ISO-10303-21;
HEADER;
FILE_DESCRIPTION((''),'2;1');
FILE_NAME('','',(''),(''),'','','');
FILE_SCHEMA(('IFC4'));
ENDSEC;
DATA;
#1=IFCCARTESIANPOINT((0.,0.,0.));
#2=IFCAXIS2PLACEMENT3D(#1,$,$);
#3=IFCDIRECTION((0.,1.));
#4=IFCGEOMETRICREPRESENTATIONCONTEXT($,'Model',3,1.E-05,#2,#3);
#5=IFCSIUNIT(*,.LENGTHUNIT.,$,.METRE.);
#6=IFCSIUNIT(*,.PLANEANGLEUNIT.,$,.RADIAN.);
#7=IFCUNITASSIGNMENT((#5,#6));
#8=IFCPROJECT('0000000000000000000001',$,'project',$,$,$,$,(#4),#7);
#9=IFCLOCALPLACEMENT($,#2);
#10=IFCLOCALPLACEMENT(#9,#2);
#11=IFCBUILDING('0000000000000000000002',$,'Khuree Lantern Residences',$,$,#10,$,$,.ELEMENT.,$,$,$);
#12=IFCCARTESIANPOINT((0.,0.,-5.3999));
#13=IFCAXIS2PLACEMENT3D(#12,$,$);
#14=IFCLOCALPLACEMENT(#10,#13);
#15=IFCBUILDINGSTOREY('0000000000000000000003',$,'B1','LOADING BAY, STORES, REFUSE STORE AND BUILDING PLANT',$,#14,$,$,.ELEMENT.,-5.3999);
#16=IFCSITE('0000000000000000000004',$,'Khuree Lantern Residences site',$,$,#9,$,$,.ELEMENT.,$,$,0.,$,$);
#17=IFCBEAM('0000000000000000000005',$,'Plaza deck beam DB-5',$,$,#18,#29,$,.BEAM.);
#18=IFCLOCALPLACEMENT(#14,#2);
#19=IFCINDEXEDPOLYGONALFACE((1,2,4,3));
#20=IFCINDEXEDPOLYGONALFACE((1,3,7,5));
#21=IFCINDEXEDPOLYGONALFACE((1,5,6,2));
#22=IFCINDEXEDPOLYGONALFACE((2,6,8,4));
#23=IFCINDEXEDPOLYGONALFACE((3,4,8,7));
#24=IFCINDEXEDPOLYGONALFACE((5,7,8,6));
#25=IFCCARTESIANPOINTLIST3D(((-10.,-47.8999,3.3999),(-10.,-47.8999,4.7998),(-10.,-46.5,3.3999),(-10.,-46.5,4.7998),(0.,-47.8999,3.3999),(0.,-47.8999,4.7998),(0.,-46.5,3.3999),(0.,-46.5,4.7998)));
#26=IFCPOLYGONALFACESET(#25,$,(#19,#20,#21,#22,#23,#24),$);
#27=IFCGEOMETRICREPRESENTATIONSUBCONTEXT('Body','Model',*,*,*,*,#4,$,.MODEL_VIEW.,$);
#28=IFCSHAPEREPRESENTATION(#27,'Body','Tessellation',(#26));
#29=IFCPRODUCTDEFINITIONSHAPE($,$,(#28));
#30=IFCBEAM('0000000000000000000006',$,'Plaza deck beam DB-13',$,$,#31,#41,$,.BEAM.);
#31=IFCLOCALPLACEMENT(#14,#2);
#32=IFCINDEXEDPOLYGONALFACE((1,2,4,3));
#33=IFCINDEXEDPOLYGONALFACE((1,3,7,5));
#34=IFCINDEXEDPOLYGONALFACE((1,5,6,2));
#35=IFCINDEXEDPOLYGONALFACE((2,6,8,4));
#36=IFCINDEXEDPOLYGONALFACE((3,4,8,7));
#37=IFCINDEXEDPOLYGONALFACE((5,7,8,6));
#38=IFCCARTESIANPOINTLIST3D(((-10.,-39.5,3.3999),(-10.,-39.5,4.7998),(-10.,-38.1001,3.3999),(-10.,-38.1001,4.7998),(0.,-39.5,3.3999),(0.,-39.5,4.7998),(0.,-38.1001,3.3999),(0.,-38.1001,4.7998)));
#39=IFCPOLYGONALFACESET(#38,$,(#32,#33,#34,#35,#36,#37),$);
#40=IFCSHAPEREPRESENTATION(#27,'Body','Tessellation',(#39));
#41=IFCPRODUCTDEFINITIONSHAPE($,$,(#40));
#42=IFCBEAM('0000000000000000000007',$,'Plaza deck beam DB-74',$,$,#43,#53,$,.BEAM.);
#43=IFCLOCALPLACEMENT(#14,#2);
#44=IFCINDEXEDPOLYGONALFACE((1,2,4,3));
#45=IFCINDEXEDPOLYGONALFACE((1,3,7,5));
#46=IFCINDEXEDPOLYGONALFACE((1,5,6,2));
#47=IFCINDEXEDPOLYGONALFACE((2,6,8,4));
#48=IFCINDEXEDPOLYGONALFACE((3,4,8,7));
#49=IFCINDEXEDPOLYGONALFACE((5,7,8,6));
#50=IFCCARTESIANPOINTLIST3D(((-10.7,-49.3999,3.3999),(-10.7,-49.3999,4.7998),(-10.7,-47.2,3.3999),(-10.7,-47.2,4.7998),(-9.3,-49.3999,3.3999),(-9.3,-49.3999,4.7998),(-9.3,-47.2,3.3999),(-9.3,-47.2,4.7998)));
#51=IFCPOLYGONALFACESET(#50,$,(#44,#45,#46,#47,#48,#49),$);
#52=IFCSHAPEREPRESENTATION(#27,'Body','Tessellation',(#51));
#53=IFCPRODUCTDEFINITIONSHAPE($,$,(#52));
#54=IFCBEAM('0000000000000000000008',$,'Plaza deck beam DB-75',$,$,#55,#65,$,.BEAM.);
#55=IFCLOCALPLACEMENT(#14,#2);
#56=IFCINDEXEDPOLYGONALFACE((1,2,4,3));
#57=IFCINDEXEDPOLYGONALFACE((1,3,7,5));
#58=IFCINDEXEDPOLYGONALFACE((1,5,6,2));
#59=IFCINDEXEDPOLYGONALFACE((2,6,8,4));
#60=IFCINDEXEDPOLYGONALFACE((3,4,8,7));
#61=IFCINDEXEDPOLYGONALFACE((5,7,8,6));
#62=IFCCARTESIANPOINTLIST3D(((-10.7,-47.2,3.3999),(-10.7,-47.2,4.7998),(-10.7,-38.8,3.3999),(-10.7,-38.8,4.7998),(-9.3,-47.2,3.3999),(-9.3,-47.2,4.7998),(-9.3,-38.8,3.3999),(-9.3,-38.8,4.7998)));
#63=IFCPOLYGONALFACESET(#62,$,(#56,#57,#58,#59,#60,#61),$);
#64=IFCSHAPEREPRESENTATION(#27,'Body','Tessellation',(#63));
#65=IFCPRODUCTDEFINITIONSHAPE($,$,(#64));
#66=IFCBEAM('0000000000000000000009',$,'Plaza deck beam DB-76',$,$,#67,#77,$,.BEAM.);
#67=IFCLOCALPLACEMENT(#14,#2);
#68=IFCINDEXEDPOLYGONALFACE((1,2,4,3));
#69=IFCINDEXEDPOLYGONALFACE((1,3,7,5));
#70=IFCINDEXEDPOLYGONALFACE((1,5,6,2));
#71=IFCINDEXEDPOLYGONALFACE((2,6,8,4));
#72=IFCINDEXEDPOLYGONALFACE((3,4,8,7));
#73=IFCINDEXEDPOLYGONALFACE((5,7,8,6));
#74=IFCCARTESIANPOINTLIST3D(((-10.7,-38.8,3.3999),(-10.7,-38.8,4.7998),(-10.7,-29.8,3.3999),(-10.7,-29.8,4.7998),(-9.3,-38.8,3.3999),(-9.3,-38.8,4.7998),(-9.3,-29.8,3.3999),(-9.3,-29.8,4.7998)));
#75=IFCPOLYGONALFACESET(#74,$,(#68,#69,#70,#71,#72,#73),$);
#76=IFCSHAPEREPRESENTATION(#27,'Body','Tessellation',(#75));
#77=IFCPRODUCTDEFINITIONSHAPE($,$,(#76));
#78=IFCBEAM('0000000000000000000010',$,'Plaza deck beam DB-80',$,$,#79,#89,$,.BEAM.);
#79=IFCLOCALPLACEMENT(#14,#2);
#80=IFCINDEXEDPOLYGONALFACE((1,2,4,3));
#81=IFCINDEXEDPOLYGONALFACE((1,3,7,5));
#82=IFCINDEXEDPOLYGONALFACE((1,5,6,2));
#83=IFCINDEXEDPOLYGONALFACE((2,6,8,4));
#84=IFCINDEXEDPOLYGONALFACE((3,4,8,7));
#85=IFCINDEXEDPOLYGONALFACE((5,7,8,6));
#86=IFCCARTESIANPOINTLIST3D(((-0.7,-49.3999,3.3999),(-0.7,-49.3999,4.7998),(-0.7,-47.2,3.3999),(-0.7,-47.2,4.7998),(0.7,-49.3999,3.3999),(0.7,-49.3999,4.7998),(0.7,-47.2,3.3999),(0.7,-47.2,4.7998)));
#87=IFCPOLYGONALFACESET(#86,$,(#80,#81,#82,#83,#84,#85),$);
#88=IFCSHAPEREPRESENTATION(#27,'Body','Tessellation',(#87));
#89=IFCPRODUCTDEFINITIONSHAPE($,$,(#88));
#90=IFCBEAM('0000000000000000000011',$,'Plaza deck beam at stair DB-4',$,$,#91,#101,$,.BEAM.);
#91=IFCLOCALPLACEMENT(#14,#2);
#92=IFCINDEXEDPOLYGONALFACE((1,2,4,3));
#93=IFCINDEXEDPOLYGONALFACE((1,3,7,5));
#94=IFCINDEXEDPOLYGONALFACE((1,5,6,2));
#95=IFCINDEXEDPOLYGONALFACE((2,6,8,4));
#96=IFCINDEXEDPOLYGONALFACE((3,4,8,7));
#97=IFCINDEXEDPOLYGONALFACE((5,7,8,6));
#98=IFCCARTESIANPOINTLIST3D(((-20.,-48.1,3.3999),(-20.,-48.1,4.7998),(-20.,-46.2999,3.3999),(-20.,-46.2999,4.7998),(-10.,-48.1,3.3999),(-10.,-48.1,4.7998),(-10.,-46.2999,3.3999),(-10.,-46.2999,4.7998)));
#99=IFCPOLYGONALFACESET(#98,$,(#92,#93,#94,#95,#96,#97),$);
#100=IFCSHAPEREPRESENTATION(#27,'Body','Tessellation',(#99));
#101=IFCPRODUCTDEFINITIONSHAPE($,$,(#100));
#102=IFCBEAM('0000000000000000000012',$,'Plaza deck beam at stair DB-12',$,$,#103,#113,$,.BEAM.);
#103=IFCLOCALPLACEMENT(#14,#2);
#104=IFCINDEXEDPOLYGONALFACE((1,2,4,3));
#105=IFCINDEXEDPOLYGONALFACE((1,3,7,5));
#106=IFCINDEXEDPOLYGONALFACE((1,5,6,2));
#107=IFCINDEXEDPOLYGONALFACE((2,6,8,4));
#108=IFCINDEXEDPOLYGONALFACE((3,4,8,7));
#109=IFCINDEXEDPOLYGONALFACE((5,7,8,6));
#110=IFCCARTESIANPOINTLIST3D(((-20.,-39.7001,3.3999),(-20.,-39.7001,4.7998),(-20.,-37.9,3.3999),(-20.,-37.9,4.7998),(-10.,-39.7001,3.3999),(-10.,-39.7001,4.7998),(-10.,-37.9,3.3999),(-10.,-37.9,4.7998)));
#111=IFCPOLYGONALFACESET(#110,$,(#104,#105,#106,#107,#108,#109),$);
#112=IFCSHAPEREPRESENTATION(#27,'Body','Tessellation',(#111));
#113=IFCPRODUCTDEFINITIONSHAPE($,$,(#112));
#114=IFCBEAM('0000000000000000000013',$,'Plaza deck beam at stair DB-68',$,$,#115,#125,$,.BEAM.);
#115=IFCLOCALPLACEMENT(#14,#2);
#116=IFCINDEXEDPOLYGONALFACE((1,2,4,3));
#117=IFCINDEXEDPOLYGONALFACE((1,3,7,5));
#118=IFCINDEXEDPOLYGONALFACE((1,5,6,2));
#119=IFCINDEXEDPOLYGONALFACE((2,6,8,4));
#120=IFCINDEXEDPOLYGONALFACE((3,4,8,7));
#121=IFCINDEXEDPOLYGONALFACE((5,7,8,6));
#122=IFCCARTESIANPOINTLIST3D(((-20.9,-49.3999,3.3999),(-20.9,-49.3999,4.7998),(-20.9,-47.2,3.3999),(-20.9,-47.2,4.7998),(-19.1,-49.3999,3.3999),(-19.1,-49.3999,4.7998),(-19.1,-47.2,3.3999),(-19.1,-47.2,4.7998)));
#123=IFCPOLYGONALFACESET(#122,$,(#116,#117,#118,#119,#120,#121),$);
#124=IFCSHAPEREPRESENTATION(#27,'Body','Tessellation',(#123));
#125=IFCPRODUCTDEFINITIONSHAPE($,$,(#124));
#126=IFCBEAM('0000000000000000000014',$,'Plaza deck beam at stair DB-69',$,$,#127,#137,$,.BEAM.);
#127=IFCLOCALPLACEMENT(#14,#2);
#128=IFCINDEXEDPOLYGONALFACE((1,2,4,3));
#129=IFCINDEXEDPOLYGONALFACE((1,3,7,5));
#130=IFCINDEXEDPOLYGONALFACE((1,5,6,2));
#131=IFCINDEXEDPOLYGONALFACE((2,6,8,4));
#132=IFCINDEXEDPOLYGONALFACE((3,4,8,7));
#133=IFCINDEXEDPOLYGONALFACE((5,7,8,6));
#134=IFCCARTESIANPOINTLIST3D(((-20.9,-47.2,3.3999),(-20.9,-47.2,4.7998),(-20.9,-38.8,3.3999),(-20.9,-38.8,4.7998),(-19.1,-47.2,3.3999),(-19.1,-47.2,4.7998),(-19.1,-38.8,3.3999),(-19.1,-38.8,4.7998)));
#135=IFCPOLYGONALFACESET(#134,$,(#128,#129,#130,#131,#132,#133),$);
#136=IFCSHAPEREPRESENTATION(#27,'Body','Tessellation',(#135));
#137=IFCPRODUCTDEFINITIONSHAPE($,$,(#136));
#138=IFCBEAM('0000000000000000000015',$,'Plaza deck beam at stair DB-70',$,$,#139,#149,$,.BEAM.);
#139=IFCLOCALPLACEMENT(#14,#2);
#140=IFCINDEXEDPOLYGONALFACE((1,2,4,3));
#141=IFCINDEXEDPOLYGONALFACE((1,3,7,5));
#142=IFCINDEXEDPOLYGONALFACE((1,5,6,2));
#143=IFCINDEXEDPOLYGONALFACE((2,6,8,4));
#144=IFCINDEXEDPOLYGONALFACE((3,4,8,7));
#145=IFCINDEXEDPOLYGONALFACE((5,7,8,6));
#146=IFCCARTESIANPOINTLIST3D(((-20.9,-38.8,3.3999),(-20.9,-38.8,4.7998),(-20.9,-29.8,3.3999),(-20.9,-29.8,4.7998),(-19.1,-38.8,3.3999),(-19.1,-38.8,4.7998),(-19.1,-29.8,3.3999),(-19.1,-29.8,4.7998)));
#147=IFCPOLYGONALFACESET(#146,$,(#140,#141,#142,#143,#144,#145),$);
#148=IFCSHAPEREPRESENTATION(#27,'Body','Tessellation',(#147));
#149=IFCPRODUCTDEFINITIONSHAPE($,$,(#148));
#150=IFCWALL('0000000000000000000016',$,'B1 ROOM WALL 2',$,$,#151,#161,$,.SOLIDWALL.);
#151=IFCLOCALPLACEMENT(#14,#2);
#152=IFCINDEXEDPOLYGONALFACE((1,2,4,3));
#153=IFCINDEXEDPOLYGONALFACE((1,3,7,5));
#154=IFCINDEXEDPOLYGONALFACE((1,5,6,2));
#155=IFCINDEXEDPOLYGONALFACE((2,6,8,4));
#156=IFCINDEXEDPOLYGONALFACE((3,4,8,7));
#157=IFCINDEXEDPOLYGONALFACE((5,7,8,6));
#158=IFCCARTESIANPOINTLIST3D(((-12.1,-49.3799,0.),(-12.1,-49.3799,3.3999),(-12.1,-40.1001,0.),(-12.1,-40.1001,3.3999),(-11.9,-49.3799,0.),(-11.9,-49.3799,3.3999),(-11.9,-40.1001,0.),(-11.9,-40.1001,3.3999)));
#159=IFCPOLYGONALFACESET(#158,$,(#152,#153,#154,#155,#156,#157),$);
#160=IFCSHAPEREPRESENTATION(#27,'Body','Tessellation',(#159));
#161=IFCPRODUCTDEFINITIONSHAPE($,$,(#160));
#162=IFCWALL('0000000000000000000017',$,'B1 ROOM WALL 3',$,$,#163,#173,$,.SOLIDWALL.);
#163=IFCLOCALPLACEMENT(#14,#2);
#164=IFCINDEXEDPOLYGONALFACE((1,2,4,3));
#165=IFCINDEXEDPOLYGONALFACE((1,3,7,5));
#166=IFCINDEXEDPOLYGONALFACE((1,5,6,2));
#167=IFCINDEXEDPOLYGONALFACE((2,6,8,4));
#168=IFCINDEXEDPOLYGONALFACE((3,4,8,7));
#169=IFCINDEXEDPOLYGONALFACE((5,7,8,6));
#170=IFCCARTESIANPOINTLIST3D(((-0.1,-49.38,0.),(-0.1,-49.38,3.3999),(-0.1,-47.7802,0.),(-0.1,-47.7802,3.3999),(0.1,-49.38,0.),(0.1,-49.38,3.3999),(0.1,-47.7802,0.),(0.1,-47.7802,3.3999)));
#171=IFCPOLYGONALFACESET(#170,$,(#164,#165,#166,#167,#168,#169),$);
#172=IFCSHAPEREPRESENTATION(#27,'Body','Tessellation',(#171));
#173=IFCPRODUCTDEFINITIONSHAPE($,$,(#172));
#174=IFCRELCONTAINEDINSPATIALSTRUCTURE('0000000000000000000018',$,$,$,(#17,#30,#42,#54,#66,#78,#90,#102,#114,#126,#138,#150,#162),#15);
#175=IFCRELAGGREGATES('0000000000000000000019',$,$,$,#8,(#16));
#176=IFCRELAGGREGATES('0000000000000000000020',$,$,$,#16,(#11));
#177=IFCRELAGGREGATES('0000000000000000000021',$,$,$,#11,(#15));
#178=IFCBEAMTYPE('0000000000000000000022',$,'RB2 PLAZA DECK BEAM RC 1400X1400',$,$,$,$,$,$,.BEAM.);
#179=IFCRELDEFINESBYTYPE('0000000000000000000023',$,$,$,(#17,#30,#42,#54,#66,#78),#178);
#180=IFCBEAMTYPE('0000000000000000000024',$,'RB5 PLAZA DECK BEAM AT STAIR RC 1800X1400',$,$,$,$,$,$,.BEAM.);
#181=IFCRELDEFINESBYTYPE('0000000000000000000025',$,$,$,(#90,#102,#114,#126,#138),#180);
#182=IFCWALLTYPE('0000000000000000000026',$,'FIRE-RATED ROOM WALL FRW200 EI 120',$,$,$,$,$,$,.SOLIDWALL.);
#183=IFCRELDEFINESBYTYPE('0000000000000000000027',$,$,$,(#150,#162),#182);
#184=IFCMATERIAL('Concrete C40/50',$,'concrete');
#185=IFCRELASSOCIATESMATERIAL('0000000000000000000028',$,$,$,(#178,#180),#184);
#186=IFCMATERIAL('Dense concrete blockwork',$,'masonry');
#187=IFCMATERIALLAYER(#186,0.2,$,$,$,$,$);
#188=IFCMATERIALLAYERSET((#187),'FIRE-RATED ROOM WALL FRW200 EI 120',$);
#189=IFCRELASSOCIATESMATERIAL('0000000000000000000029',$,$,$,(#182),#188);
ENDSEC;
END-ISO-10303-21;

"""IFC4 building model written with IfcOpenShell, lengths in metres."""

from ifc_helpers import new_model, si_unit, direction, frame, frame_2d, origin, origin_2d, place, context, subcontext, project, spatial, rectangle, extrude, material, layer, layer_set, material_profile, profile_set, type_object, element, save


model = new_model("IFC4")

# Units and contexts
model_context = context("Model", 3, precision=1e-05, world=origin(), true_north=direction((0.0, 1.0)))
body_context = subcontext(model_context, "Body", "Model", "MODEL_VIEW")
ifc_project = project(units=[si_unit("LENGTHUNIT", "METRE"), si_unit("PLANEANGLEUNIT", "RADIAN")], contexts=[model_context])

# Site, building, storey
site_placement = place(None, origin())
site = spatial("IfcSite", under=ifc_project, at=site_placement, Name="Khuree Lantern Residences site", CompositionType="ELEMENT", RefElevation=0.0)
building_placement = place(site_placement, origin())
building = spatial("IfcBuilding", under=site, at=building_placement, Name="Khuree Lantern Residences", CompositionType="ELEMENT")
storey_placement = place(building_placement, frame((0.0, 0.0, -5.3999)))
storey = spatial("IfcBuildingStorey", under=building, at=storey_placement, Name="B1", Description="LOADING BAY, STORES, REFUSE STORE AND BUILDING PLANT", CompositionType="ELEMENT", Elevation=-5.3999)

# Beams
ifc_material_1 = material(Name="Concrete C40/50", Category="concrete")
ifc_material_profile_1 = material_profile(ifc_material_1, rectangle(XDim=1.3999, YDim=1.3999, at=origin_2d()), Name="RC 1400X1400")
ifc_profile_set_1 = profile_set([ifc_material_profile_1], Name="Concrete C40/50")
beam_type_1 = type_object("IfcBeamType", Name="RB2 PLAZA DECK BEAM RC 1400X1400", PredefinedType="BEAM", material=ifc_profile_set_1)
for number, where, z_axis, x_axis, name in (
    (1, (-10.0, -47.2, 4.0999), (1.0, 0.0, 0.0), (0.0, 1.0, 0.0), "Plaza deck beam DB-5"),
    (2, (-10.0, -38.8, 4.0999), (1.0, 0.0, 0.0), (0.0, 1.0, 0.0), "Plaza deck beam DB-13"),
):
    element("IfcBeam", number, at=place(storey_placement, frame(where, z_axis=z_axis, x_axis=x_axis)), inside=storey, type_object=beam_type_1, Name=name, PredefinedType="BEAM", context=body_context, shape_type="SweptSolid", body=[
        extrude(rectangle(XDim=1.3999, YDim=1.3999, at=origin_2d()), origin(), (0.0, 0.0, 1.0), 10.0),
    ])
beam_1_placement = place(storey_placement, frame((-10.0, -49.3999, 4.0999), z_axis=(0.0, 1.0, 0.0), x_axis=(-1.0, 0.0, 0.0)))
element("IfcBeam", 3, at=beam_1_placement, inside=storey, type_object=beam_type_1, Name="Plaza deck beam DB-74", PredefinedType="BEAM", context=body_context, shape_type="SweptSolid", body=[
    extrude(rectangle(XDim=1.3999, YDim=1.3999, at=origin_2d()), origin(), (0.0, 0.0, 1.0), 2.2),
])
beam_2_placement = place(storey_placement, frame((-10.0, -47.2, 4.0999), z_axis=(0.0, 1.0, 0.0), x_axis=(-1.0, 0.0, 0.0)))
element("IfcBeam", 4, at=beam_2_placement, inside=storey, type_object=beam_type_1, Name="Plaza deck beam DB-75", PredefinedType="BEAM", context=body_context, shape_type="SweptSolid", body=[
    extrude(rectangle(XDim=1.3999, YDim=1.3999, at=origin_2d()), origin(), (0.0, 0.0, 1.0), 8.3999),
])
beam_3_placement = place(storey_placement, frame((-10.0, -38.8, 4.0999), z_axis=(0.0, 1.0, 0.0), x_axis=(-1.0, 0.0, 0.0)))
element("IfcBeam", 5, at=beam_3_placement, inside=storey, type_object=beam_type_1, Name="Plaza deck beam DB-76", PredefinedType="BEAM", context=body_context, shape_type="SweptSolid", body=[
    extrude(rectangle(XDim=1.3999, YDim=1.3999, at=origin_2d()), origin(), (0.0, 0.0, 1.0), 9.0),
])
beam_4_placement = place(storey_placement, frame((0.0, -49.3999, 4.0999), z_axis=(0.0, 1.0, 0.0), x_axis=(-1.0, 0.0, 0.0)))
element("IfcBeam", 6, at=beam_4_placement, inside=storey, type_object=beam_type_1, Name="Plaza deck beam DB-80", PredefinedType="BEAM", context=body_context, shape_type="SweptSolid", body=[
    extrude(rectangle(XDim=1.3999, YDim=1.3999, at=origin_2d()), origin(), (0.0, 0.0, 1.0), 2.2),
])
ifc_material_profile_2 = material_profile(ifc_material_1, rectangle(XDim=1.8, YDim=1.3999, at=origin_2d()), Name="RC 1800X1400")
ifc_profile_set_2 = profile_set([ifc_material_profile_2], Name="Concrete C40/50")
beam_type_2 = type_object("IfcBeamType", Name="RB5 PLAZA DECK BEAM AT STAIR RC 1800X1400", PredefinedType="BEAM", material=ifc_profile_set_2)
for number, where, z_axis, x_axis, name in (
    (7, (-20.0, -47.2, 4.0999), (1.0, 0.0, 0.0), (0.0, 1.0, 0.0), "Plaza deck beam at stair DB-4"),
    (8, (-20.0, -38.8, 4.0999), (1.0, 0.0, 0.0), (0.0, 1.0, 0.0), "Plaza deck beam at stair DB-12"),
):
    element("IfcBeam", number, at=place(storey_placement, frame(where, z_axis=z_axis, x_axis=x_axis)), inside=storey, type_object=beam_type_2, Name=name, PredefinedType="BEAM", context=body_context, shape_type="SweptSolid", body=[
        extrude(rectangle(XDim=1.8, YDim=1.3999, at=origin_2d()), origin(), (0.0, 0.0, 1.0), 10.0),
    ])
beam_5_placement = place(storey_placement, frame((-20.0, -49.3999, 4.0999), z_axis=(0.0, 1.0, 0.0), x_axis=(-1.0, 0.0, 0.0)))
element("IfcBeam", 9, at=beam_5_placement, inside=storey, type_object=beam_type_2, Name="Plaza deck beam at stair DB-68", PredefinedType="BEAM", context=body_context, shape_type="SweptSolid", body=[
    extrude(rectangle(XDim=1.8, YDim=1.3999, at=origin_2d()), origin(), (0.0, 0.0, 1.0), 2.2),
])
beam_6_placement = place(storey_placement, frame((-20.0, -47.2, 4.0999), z_axis=(0.0, 1.0, 0.0), x_axis=(-1.0, 0.0, 0.0)))
element("IfcBeam", 10, at=beam_6_placement, inside=storey, type_object=beam_type_2, Name="Plaza deck beam at stair DB-69", PredefinedType="BEAM", context=body_context, shape_type="SweptSolid", body=[
    extrude(rectangle(XDim=1.8, YDim=1.3999, at=origin_2d()), origin(), (0.0, 0.0, 1.0), 8.3999),
])
beam_7_placement = place(storey_placement, frame((-20.0, -38.8, 4.0999), z_axis=(0.0, 1.0, 0.0), x_axis=(-1.0, 0.0, 0.0)))
element("IfcBeam", 11, at=beam_7_placement, inside=storey, type_object=beam_type_2, Name="Plaza deck beam at stair DB-70", PredefinedType="BEAM", context=body_context, shape_type="SweptSolid", body=[
    extrude(rectangle(XDim=1.8, YDim=1.3999, at=origin_2d()), origin(), (0.0, 0.0, 1.0), 9.0),
])

# Walls
ifc_material_2 = material(Name="Dense concrete blockwork", Category="masonry")
ifc_layer = layer(ifc_material_2, 0.2)
ifc_layer_set = layer_set([ifc_layer], Name="FIRE-RATED ROOM WALL FRW200 EI 120")
wall_type = type_object("IfcWallType", Name="FIRE-RATED ROOM WALL FRW200 EI 120", PredefinedType="SOLIDWALL", material=ifc_layer_set)
wall_1_placement = place(storey_placement, frame((-12.0, -49.3799, 0.0), z_axis=(0.0, 0.0, 1.0), x_axis=(0.0, 1.0, 0.0)))
element("IfcWall", 12, at=wall_1_placement, inside=storey, type_object=wall_type, Name="B1 ROOM WALL 2", PredefinedType="SOLIDWALL", context=body_context, shape_type="SweptSolid", body=[
    extrude(rectangle(XDim=9.2798, YDim=0.2, at=frame_2d((4.6399, 0.0))), origin(), (0.0, 0.0, 1.0), 3.3999),
])
wall_2_placement = place(storey_placement, frame((0.0, -49.3799, 0.0), z_axis=(0.0, 0.0, 1.0), x_axis=(0.0, 1.0, 0.0)))
element("IfcWall", 13, at=wall_2_placement, inside=storey, type_object=wall_type, Name="B1 ROOM WALL 3", PredefinedType="SOLIDWALL", context=body_context, shape_type="SweptSolid", body=[
    extrude(rectangle(XDim=1.5999, YDim=0.2, at=frame_2d((0.7998, 0.0))), origin(), (0.0, 0.0, 1.0), 3.3999),
])

save(model, "model.ifc")
